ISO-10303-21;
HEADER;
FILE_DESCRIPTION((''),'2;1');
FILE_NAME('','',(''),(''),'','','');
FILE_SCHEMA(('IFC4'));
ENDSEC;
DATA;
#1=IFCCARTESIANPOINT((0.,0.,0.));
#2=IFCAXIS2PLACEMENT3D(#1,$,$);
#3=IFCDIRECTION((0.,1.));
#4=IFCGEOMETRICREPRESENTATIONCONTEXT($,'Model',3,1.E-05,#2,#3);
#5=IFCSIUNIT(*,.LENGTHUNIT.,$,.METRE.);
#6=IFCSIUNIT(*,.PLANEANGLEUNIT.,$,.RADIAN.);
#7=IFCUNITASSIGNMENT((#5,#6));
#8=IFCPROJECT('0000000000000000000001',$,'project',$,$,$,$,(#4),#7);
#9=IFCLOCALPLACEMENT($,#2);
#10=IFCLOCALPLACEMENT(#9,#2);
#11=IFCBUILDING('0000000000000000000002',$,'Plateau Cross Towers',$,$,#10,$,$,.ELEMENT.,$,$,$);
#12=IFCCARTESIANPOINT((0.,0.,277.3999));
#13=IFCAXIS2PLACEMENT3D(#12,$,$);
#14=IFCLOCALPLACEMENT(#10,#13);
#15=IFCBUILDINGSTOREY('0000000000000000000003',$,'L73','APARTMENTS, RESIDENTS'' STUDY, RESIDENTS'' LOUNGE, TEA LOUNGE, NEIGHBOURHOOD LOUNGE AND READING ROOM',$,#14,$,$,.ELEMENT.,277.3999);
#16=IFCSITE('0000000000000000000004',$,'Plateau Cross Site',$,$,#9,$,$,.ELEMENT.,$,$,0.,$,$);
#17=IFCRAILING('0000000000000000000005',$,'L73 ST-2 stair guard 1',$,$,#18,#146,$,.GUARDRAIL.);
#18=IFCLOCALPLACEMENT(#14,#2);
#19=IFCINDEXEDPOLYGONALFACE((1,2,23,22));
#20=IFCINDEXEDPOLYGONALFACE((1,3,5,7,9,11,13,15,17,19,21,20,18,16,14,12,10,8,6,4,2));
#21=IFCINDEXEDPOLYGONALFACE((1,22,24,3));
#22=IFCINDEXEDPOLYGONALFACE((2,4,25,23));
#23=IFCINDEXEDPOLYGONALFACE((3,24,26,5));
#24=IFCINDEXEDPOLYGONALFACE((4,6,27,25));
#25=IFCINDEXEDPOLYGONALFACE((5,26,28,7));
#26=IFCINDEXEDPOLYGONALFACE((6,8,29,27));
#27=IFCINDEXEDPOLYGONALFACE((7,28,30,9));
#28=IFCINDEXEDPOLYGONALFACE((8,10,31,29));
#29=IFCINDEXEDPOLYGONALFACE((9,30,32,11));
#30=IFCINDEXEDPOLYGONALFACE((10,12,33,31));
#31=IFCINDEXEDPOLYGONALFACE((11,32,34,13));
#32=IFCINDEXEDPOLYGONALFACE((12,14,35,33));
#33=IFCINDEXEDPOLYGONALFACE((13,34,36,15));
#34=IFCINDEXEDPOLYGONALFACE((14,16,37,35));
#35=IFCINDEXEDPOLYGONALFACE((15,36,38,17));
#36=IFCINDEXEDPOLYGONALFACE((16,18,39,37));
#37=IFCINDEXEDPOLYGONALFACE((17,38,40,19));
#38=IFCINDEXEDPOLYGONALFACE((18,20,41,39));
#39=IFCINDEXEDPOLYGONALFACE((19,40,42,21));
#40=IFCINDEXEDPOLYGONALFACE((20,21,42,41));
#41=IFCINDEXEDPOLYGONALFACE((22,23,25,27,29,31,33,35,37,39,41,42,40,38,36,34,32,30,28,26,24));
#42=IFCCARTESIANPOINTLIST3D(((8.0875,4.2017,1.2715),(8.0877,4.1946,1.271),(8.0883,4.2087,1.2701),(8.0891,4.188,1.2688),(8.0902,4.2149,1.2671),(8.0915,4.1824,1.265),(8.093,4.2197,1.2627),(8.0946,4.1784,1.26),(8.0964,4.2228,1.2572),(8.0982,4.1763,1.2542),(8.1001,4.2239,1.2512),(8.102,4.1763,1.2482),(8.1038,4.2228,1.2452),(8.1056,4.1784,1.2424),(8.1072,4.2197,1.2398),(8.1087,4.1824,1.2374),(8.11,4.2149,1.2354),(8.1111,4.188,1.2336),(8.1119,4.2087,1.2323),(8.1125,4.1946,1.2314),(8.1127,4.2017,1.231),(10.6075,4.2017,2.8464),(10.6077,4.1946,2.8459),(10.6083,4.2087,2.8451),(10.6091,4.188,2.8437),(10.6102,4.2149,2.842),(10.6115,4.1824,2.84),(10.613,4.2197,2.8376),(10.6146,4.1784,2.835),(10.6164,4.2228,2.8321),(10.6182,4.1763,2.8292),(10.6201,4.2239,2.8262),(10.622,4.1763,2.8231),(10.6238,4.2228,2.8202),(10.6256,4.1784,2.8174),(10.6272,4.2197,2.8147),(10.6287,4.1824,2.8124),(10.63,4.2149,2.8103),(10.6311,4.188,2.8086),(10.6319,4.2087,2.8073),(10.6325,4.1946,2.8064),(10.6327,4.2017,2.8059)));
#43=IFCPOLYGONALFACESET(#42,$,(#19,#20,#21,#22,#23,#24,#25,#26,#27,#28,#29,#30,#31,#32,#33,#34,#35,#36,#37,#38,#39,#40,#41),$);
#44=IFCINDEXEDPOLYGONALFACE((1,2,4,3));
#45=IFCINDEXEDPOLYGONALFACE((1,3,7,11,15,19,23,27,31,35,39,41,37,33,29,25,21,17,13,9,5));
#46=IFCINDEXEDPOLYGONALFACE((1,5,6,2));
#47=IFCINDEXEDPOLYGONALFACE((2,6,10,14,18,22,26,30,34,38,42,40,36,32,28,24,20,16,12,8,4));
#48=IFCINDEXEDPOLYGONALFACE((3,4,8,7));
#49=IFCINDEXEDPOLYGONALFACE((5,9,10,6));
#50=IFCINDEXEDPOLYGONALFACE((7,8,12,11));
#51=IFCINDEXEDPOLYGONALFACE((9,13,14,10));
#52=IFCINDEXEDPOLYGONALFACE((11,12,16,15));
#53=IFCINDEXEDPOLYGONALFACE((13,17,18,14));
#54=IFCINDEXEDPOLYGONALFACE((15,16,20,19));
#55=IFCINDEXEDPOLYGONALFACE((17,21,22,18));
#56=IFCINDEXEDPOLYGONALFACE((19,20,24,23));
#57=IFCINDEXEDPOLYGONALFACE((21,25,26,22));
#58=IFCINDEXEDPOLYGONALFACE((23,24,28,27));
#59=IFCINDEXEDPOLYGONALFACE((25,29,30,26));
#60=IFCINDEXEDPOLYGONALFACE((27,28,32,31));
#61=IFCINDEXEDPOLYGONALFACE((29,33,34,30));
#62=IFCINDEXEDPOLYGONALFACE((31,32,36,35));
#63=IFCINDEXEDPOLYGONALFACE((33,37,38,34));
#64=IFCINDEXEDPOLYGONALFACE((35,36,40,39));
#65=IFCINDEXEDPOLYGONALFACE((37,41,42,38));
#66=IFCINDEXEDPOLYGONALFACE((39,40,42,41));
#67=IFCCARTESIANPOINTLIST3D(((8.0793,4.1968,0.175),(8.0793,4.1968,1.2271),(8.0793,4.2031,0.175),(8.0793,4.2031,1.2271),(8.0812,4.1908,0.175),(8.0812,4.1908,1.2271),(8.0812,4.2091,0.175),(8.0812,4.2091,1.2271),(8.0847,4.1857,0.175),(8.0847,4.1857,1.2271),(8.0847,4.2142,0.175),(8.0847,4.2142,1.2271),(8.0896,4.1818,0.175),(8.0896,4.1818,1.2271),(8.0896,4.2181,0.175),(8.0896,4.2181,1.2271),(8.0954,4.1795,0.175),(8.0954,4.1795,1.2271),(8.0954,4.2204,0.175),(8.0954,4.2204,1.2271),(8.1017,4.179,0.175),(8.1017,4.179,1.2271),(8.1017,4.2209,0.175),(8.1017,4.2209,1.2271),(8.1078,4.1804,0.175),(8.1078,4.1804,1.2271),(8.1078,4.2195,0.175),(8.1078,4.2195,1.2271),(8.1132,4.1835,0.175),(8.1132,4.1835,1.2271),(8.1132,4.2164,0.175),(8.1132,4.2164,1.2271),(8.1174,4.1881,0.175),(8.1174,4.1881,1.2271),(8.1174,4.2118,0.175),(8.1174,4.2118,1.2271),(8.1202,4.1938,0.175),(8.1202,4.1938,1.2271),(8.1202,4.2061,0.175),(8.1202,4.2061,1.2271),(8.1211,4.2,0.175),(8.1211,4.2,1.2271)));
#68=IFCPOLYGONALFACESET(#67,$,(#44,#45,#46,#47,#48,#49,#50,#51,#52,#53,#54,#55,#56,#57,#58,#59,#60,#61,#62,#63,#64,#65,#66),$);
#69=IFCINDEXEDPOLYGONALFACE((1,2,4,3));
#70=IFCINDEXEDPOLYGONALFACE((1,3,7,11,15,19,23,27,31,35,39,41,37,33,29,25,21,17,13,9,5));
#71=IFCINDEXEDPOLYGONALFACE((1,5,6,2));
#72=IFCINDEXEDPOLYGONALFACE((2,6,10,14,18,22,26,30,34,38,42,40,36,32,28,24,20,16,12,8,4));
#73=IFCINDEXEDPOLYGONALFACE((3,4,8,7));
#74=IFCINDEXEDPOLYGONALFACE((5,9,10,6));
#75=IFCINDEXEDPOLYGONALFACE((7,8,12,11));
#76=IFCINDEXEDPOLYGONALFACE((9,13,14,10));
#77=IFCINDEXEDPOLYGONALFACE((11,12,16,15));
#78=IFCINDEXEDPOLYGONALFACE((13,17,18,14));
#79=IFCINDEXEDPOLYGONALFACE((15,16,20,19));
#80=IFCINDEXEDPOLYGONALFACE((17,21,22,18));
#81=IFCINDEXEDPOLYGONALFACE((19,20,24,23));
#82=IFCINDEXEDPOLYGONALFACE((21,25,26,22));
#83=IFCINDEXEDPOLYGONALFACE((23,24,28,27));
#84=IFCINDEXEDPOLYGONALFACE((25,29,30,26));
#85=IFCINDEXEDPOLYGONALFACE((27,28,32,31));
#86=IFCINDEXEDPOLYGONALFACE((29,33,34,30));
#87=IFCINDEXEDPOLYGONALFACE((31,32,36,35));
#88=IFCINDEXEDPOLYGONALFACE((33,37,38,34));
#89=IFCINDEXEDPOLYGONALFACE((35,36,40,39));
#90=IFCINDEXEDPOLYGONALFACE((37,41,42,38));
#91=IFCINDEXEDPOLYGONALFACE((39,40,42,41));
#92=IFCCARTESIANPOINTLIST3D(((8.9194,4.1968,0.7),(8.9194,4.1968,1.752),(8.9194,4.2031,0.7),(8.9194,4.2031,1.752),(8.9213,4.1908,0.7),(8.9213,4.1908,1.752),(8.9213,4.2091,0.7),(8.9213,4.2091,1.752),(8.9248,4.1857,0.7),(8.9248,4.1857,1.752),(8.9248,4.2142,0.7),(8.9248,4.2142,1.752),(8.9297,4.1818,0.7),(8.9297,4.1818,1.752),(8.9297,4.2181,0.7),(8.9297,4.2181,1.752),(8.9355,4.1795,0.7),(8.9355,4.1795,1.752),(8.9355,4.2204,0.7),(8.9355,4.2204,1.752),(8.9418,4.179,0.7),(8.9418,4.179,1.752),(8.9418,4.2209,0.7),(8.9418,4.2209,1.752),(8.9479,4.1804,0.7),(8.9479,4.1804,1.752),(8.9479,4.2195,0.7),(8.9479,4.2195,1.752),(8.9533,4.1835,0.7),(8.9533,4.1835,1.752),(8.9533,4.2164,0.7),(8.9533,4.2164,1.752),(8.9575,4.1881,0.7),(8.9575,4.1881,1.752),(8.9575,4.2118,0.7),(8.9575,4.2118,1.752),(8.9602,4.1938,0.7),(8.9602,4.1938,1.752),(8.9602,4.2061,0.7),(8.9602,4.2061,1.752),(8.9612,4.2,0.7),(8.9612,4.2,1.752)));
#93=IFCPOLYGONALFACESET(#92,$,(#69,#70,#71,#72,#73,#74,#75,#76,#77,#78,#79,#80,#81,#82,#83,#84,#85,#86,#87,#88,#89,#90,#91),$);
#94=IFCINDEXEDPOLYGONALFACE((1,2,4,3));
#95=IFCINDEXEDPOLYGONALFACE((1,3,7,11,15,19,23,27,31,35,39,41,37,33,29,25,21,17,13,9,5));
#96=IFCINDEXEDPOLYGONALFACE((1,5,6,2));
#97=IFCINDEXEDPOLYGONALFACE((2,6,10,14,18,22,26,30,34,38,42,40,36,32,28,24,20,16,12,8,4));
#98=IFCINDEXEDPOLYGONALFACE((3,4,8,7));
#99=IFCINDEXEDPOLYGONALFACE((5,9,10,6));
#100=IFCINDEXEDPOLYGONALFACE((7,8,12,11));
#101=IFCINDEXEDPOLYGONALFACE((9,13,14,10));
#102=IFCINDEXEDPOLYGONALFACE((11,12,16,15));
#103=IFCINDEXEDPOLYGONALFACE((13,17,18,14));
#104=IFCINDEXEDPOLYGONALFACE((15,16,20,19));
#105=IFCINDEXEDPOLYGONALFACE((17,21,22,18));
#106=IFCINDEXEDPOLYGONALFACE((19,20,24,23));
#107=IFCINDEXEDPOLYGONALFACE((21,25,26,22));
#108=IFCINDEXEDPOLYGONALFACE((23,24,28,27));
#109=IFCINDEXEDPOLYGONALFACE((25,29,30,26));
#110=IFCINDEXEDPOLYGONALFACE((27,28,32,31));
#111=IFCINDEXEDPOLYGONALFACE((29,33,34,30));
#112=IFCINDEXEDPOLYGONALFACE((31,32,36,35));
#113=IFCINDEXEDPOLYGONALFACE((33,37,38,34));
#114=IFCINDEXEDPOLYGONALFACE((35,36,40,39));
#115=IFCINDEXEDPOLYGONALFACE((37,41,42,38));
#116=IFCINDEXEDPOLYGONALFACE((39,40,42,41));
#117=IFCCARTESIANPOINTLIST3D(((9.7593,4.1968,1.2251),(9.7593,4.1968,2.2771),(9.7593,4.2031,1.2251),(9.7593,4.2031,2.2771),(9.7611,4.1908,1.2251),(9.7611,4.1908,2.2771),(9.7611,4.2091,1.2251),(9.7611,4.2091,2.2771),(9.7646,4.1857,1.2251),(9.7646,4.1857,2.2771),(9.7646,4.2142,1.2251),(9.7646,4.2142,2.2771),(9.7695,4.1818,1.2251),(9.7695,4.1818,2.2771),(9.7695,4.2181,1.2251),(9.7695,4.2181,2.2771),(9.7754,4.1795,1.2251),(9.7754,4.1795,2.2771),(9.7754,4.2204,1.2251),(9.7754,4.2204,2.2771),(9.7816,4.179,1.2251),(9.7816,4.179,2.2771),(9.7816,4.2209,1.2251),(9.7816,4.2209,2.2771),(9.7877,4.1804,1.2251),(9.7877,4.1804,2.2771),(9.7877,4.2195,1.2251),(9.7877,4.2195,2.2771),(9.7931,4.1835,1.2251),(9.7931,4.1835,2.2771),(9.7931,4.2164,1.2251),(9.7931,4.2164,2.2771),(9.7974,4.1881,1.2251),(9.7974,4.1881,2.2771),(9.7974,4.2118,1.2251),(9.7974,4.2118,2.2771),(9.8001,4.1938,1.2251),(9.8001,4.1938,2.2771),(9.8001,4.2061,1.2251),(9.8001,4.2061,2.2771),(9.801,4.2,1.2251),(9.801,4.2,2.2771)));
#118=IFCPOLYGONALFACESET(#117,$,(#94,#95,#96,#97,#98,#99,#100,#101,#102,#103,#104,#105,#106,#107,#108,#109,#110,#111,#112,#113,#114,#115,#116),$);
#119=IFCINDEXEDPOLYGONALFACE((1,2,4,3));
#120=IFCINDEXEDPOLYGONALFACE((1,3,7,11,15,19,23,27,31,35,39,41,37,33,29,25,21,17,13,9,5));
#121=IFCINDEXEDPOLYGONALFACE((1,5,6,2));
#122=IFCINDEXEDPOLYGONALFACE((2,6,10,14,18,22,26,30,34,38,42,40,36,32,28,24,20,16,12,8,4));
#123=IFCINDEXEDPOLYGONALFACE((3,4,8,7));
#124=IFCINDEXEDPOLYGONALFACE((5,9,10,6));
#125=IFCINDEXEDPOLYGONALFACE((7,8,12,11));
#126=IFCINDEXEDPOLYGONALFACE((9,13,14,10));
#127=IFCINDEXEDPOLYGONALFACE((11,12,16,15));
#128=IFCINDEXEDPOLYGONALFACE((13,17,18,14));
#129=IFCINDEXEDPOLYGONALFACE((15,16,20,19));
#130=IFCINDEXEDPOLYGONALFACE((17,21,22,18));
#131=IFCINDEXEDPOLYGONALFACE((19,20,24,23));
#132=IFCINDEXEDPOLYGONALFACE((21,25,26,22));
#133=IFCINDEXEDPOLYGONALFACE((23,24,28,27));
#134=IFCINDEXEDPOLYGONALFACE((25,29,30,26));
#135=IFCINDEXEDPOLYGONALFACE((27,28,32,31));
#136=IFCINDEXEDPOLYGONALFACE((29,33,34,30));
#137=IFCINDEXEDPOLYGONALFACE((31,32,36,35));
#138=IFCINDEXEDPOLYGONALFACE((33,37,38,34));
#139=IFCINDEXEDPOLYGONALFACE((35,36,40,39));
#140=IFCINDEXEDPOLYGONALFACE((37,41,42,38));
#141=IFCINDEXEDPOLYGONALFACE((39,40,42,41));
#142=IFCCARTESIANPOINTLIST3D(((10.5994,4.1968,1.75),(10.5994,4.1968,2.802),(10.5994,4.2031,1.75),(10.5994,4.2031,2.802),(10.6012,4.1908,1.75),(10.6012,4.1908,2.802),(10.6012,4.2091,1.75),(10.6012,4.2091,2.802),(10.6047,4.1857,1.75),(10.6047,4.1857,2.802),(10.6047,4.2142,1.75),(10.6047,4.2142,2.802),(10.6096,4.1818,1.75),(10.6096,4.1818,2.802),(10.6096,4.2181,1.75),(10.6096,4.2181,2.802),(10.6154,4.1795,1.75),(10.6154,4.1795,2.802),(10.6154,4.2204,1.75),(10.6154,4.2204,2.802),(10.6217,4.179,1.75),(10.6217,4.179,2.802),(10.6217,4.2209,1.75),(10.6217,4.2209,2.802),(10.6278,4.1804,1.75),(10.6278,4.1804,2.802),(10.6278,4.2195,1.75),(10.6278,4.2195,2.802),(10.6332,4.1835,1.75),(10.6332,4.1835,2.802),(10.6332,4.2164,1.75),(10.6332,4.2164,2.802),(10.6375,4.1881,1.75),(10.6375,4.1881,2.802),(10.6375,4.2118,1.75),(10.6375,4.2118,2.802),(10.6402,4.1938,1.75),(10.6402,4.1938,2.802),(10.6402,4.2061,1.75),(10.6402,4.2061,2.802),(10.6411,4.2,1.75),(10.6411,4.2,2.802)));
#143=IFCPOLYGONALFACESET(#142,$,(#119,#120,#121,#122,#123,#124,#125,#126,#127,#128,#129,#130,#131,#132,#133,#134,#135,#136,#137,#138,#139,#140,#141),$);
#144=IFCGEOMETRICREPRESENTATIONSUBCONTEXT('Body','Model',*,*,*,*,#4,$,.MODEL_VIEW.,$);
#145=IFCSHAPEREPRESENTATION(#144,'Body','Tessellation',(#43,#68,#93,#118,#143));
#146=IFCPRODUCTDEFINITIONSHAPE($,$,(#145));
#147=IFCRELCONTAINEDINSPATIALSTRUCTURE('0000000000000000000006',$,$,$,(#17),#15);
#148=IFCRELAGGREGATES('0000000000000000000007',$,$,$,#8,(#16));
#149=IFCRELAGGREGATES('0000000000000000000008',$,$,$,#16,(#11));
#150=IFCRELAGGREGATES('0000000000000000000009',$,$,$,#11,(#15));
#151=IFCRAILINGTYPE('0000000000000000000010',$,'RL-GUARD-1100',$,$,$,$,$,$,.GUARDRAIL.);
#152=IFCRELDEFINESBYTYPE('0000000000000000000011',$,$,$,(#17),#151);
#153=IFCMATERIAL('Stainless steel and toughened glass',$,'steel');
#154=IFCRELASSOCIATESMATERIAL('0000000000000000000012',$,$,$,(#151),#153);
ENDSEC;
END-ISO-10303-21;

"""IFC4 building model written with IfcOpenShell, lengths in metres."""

from ifc_helpers import new_model, si_unit, direction, frame, origin, origin_2d, place, context, subcontext, project, spatial, circle, extrude, material, type_object, element, save


model = new_model("IFC4")

# Units and contexts
model_context = context("Model", 3, precision=1e-05, world=origin(), true_north=direction((0.0, 1.0)))
body_context = subcontext(model_context, "Body", "Model", "MODEL_VIEW")
ifc_project = project(units=[si_unit("LENGTHUNIT", "METRE"), si_unit("PLANEANGLEUNIT", "RADIAN")], contexts=[model_context])

# Site, building, storey
site_placement = place(None, origin())
site = spatial("IfcSite", under=ifc_project, at=site_placement, Name="Plateau Cross Site", CompositionType="ELEMENT", RefElevation=0.0)
building_placement = place(site_placement, origin())
building = spatial("IfcBuilding", under=site, at=building_placement, Name="Plateau Cross Towers", CompositionType="ELEMENT")
storey_placement = place(building_placement, frame((0.0, 0.0, 277.3999)))
storey = spatial("IfcBuildingStorey", under=building, at=storey_placement, Name="L73", Description="APARTMENTS, RESIDENTS' STUDY, RESIDENTS' LOUNGE, TEA LOUNGE, NEIGHBOURHOOD LOUNGE AND READING ROOM", CompositionType="ELEMENT", Elevation=277.3999)

# Railing
ifc_material_1 = material(Name="Stainless steel and toughened glass", Category="steel")
railing_type_1 = type_object("IfcRailingType", Name="RL-GUARD-1100", PredefinedType="GUARDRAIL", material=ifc_material_1)
railing_1_placement = place(storey_placement, frame((8.1001, 4.2, 0.175)))
element("IfcRailing", 1, at=railing_1_placement, inside=storey, type_object=railing_type_1, Name="L73 ST-2 stair guard 1", PredefinedType="GUARDRAIL", context=body_context, shape_type="SweptSolid", body=[
    extrude(circle(Radius=0.0239, at=origin_2d()), frame((0.0, 0.0, 1.0762), z_axis=(0.848008, 0.0, 0.529984), x_axis=(0.0, 1.0, 0.0)), (0.0, 0.0, 1.0), 2.9717),
    extrude(circle(Radius=0.021, at=origin_2d()), origin(), (0.0, 0.0, 1.0), 1.052),
    extrude(circle(Radius=0.021, at=origin_2d()), frame((0.8401, 0.0, 0.5249)), (0.0, 0.0, 1.0), 1.052),
    extrude(circle(Radius=0.021, at=origin_2d()), frame((1.6799, 0.0, 1.05)), (0.0, 0.0, 1.0), 1.052),
    extrude(circle(Radius=0.021, at=origin_2d()), frame((2.52, 0.0, 1.575)), (0.0, 0.0, 1.0), 1.052),
])

save(model, "model.ifc")
